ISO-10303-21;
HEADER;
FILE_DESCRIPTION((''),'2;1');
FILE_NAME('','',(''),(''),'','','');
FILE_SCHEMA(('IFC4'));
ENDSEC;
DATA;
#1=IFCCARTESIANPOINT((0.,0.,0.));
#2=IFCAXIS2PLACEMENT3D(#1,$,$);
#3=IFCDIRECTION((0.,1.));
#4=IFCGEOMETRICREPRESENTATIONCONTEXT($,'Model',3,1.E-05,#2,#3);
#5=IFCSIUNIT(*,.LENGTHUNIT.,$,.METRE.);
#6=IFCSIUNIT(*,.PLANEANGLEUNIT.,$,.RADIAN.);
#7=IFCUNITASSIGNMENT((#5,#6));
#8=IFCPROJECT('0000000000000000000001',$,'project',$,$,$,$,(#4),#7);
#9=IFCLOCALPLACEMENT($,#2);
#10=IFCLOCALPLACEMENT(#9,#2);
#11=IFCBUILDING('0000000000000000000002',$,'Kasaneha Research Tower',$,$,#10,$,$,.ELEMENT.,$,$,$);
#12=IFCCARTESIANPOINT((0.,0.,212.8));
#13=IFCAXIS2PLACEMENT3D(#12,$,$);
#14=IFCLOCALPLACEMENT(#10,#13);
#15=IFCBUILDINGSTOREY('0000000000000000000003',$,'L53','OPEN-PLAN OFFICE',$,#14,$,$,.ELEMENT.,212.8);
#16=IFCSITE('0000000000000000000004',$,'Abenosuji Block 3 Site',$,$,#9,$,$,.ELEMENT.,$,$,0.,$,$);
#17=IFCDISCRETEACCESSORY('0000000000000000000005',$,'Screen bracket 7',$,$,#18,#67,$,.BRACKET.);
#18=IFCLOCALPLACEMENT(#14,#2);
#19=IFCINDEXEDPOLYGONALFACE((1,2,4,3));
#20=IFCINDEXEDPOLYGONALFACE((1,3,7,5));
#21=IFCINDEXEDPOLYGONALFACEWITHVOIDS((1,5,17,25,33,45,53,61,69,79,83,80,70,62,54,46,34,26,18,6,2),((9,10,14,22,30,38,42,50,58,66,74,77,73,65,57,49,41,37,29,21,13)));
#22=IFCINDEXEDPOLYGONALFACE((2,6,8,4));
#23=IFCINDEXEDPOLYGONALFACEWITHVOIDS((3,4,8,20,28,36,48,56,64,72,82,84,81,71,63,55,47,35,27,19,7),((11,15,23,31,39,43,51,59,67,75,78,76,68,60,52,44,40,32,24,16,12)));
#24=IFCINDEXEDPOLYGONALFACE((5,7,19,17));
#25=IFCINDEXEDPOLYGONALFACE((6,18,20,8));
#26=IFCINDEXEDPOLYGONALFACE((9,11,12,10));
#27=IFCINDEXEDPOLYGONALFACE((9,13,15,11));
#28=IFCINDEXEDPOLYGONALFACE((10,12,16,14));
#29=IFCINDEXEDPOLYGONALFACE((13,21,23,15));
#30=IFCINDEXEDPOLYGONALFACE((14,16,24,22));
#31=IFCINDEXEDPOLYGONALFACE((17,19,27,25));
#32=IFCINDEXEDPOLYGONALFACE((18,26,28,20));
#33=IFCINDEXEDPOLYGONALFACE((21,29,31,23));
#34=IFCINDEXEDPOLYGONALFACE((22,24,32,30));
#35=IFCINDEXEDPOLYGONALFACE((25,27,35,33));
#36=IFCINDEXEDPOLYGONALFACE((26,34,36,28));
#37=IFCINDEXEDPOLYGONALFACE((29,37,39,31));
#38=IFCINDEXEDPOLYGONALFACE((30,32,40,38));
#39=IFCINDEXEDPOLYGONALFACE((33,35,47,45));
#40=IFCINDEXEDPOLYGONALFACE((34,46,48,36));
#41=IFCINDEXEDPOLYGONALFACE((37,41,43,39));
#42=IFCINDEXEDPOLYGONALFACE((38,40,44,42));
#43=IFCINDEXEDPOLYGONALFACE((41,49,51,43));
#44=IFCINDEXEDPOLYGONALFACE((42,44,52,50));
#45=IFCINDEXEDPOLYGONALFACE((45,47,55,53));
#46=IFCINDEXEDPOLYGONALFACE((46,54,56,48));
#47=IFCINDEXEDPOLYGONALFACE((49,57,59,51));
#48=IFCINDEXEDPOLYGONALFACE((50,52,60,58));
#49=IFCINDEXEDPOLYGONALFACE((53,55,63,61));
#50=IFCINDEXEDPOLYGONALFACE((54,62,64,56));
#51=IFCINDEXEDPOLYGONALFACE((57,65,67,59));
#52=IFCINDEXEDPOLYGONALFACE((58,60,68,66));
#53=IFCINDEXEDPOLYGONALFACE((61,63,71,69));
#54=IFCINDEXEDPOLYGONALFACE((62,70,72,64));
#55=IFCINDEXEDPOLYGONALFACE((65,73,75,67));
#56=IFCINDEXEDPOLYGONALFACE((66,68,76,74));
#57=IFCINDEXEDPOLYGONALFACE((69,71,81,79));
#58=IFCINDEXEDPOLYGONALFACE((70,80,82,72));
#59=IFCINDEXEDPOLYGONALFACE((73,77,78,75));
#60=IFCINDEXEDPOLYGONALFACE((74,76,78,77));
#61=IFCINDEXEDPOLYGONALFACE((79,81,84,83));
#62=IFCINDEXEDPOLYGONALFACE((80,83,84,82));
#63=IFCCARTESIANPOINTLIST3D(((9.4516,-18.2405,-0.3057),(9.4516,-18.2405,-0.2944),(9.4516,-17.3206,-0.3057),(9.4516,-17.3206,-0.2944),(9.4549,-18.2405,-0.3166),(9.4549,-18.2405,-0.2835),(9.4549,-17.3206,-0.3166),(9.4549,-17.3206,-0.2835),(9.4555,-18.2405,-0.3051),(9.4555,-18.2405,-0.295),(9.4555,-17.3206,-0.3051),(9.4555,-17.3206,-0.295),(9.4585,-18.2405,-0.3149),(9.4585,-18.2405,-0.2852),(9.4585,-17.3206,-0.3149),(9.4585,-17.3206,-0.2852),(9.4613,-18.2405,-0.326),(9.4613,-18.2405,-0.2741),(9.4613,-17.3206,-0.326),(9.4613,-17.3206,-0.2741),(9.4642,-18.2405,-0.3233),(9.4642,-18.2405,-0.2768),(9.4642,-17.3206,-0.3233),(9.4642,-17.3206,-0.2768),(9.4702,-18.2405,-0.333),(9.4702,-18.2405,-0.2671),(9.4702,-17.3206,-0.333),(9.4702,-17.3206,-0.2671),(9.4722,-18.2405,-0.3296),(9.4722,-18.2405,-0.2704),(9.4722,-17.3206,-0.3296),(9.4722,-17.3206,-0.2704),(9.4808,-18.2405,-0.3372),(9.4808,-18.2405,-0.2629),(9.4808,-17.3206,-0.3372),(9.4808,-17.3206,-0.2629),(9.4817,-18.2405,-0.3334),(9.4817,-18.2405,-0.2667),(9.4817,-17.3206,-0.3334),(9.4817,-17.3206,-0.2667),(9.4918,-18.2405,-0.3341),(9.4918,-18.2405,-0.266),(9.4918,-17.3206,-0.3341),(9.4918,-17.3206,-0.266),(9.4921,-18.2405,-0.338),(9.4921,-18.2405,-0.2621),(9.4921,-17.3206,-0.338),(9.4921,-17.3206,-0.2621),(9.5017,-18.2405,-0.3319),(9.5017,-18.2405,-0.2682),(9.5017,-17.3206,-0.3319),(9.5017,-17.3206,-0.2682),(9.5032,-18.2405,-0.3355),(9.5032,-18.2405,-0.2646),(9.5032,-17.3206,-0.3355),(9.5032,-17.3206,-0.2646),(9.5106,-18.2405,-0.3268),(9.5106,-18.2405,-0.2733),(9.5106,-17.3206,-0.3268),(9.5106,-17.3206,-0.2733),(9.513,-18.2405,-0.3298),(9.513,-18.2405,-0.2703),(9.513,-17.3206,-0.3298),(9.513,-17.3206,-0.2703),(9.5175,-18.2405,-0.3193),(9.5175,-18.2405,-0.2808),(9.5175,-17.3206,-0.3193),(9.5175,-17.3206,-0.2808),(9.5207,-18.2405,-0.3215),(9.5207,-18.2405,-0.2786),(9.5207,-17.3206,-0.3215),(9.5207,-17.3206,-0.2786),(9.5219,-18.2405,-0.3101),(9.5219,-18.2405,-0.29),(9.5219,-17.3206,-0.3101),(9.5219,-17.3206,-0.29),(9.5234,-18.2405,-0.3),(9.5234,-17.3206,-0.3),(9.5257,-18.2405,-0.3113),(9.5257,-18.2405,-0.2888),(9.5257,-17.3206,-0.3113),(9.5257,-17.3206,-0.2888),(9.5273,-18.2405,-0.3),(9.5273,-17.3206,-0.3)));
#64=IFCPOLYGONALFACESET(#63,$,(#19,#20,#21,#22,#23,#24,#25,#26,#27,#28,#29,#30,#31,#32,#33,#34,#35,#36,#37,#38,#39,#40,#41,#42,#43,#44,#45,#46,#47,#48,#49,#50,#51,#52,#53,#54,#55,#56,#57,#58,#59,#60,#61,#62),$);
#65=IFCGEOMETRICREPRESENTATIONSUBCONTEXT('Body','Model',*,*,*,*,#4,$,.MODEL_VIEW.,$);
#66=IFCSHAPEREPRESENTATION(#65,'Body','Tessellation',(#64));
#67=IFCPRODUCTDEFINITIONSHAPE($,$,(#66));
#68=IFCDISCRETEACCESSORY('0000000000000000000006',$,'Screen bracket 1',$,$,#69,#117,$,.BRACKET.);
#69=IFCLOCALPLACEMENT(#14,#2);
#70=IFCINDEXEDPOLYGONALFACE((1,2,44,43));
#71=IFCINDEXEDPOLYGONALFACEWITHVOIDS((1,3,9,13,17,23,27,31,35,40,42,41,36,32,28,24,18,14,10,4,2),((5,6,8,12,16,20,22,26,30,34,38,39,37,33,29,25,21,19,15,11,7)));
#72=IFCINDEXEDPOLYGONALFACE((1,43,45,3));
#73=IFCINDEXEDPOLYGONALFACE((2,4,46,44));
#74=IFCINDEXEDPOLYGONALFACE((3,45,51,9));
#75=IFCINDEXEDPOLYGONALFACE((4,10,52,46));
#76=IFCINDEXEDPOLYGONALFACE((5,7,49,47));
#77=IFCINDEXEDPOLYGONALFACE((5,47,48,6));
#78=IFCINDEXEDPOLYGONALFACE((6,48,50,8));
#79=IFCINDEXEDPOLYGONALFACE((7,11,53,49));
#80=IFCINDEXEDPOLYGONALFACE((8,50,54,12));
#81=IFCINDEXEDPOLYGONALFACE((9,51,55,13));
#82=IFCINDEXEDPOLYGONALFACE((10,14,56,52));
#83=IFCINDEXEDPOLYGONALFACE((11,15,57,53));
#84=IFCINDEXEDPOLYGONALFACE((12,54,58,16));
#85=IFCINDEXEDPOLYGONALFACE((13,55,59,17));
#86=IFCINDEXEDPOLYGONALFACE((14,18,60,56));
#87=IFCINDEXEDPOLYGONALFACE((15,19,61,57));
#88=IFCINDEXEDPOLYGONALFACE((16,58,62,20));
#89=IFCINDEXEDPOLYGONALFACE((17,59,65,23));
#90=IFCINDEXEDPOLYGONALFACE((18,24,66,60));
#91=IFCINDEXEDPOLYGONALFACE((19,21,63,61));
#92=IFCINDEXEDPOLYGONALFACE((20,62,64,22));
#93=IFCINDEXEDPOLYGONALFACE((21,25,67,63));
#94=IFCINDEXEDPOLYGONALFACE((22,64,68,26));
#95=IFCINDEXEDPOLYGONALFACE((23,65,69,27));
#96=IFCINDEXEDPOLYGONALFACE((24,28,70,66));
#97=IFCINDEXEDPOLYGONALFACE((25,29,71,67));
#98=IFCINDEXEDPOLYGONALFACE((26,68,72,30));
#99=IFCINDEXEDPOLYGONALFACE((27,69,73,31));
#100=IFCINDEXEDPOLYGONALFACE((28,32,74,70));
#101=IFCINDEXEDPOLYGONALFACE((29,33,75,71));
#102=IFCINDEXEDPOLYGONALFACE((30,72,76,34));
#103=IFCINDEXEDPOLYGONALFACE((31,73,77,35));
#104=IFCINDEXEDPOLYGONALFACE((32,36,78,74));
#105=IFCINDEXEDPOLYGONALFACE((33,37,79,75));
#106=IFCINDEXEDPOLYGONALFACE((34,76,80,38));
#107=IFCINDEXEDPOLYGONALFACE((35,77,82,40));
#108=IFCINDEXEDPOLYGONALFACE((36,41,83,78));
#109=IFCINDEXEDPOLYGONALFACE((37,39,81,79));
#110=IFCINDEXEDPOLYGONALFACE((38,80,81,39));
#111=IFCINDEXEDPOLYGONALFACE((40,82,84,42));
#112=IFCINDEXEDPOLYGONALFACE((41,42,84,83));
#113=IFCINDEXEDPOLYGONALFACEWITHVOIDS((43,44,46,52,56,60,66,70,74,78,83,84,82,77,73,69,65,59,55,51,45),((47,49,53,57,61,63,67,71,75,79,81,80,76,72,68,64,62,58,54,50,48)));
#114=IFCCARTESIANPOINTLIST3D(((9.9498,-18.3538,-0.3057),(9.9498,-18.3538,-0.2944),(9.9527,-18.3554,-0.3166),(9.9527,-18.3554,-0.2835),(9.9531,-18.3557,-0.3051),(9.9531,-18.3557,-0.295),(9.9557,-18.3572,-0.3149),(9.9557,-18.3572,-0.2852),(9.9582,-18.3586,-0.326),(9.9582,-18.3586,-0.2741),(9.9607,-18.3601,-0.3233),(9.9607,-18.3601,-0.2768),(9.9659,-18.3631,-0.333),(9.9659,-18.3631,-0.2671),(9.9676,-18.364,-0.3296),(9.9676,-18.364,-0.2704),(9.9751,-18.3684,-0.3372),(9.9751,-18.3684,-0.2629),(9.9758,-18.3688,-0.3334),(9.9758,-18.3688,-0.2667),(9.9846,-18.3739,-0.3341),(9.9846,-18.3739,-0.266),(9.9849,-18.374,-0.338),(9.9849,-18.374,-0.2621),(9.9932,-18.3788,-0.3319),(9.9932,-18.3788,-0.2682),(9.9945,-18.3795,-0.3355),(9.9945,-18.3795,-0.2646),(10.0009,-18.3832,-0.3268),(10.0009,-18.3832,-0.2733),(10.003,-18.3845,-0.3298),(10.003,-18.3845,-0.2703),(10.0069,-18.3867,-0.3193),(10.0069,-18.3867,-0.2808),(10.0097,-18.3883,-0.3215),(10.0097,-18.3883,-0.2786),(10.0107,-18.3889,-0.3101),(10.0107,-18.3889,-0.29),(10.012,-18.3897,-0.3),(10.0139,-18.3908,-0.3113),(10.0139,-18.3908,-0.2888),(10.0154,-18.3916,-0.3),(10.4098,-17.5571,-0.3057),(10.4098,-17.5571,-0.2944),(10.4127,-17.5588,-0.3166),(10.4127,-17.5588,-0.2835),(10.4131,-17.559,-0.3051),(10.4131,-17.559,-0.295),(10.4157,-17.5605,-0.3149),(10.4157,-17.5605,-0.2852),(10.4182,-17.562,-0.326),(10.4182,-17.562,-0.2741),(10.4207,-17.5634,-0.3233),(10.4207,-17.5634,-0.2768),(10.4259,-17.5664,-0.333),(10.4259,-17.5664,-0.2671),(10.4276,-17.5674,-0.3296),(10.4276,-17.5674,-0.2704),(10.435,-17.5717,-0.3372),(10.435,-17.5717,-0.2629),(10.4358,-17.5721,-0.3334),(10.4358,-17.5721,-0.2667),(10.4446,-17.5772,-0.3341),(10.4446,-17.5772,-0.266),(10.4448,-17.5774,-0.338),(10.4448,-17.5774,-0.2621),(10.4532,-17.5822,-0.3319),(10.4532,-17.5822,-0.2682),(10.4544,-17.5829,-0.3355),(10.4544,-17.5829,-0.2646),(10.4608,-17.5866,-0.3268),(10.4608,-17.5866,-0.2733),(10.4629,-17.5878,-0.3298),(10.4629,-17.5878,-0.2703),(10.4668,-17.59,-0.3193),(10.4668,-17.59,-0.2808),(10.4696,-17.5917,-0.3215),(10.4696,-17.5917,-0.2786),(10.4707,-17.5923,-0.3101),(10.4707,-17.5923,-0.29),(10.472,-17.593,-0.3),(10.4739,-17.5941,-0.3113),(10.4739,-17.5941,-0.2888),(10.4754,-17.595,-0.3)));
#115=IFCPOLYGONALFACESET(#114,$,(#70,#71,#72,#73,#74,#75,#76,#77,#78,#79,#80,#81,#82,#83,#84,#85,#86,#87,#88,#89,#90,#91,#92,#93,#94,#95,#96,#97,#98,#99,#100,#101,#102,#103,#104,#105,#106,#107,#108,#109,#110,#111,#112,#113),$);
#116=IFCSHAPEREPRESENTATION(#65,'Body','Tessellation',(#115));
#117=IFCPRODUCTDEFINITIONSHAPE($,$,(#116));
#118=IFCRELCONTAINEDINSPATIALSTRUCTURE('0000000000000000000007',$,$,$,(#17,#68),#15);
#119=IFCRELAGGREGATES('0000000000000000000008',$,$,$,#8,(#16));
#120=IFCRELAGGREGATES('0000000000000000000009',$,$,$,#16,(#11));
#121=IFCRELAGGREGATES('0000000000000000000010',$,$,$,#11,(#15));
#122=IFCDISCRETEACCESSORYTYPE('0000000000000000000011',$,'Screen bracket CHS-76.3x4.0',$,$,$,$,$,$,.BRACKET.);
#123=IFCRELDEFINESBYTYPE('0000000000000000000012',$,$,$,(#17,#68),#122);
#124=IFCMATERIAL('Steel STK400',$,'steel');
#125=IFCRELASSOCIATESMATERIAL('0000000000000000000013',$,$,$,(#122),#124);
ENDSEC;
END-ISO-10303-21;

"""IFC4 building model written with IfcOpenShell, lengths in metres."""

from ifc_helpers import new_model, si_unit, direction, frame, origin, origin_2d, place, context, subcontext, project, spatial, hollow_circle, extrude, material, material_profile, profile_set, type_object, element, save


model = new_model("IFC4")

# Units and contexts
model_context = context("Model", 3, precision=1e-05, world=origin(), true_north=direction((0.0, 1.0)))
body_context = subcontext(model_context, "Body", "Model", "MODEL_VIEW")
ifc_project = project(units=[si_unit("LENGTHUNIT", "METRE"), si_unit("PLANEANGLEUNIT", "RADIAN")], contexts=[model_context])

# Site, building, storey
site_placement = place(None, origin())
site = spatial("IfcSite", under=ifc_project, at=site_placement, Name="Abenosuji Block 3 Site", CompositionType="ELEMENT", RefElevation=0.0)
building_placement = place(site_placement, origin())
building = spatial("IfcBuilding", under=site, at=building_placement, Name="Kasaneha Research Tower", CompositionType="ELEMENT")
storey_placement = place(building_placement, frame((0.0, 0.0, 212.8)))
storey = spatial("IfcBuildingStorey", under=building, at=storey_placement, Name="L53", Description="OPEN-PLAN OFFICE", CompositionType="ELEMENT", Elevation=212.8)

# Discrete accessories
ifc_material_1 = material(Name="Steel STK400", Category="steel")
ifc_material_profile_1 = material_profile(ifc_material_1, hollow_circle(Radius=0.0381, WallThickness=0.0039, at=origin_2d()), Name="CHS-76.3x4.0")
ifc_profile_set_1 = profile_set([ifc_material_profile_1], Name="Steel STK400")
discrete_accessory_type = type_object("IfcDiscreteAccessoryType", Name="Screen bracket CHS-76.3x4.0", PredefinedType="BRACKET", material=ifc_profile_set_1)
for number, where, z_axis, x_axis, name in (
    (1, (9.4893, -17.3206, -0.3), (0.0, -1.0, 0.0), (1.0, 0.0, 0.0), "Screen bracket 7"),
    (2, (10.4424, -17.5759, -0.3), (-0.500021, -0.866013, 0.0), (0.866013, -0.500021, 0.0), "Screen bracket 1"),
):
    element("IfcDiscreteAccessory", number, at=place(storey_placement, frame(where, z_axis=z_axis, x_axis=x_axis)), inside=storey, type_object=discrete_accessory_type, Name=name, PredefinedType="BRACKET", context=body_context, shape_type="SweptSolid", body=[
        extrude(hollow_circle(Radius=0.0381, WallThickness=0.0039, at=origin_2d()), origin(), (0.0, 0.0, 1.0), 0.9199),
    ])

save(model, "model.ifc")
